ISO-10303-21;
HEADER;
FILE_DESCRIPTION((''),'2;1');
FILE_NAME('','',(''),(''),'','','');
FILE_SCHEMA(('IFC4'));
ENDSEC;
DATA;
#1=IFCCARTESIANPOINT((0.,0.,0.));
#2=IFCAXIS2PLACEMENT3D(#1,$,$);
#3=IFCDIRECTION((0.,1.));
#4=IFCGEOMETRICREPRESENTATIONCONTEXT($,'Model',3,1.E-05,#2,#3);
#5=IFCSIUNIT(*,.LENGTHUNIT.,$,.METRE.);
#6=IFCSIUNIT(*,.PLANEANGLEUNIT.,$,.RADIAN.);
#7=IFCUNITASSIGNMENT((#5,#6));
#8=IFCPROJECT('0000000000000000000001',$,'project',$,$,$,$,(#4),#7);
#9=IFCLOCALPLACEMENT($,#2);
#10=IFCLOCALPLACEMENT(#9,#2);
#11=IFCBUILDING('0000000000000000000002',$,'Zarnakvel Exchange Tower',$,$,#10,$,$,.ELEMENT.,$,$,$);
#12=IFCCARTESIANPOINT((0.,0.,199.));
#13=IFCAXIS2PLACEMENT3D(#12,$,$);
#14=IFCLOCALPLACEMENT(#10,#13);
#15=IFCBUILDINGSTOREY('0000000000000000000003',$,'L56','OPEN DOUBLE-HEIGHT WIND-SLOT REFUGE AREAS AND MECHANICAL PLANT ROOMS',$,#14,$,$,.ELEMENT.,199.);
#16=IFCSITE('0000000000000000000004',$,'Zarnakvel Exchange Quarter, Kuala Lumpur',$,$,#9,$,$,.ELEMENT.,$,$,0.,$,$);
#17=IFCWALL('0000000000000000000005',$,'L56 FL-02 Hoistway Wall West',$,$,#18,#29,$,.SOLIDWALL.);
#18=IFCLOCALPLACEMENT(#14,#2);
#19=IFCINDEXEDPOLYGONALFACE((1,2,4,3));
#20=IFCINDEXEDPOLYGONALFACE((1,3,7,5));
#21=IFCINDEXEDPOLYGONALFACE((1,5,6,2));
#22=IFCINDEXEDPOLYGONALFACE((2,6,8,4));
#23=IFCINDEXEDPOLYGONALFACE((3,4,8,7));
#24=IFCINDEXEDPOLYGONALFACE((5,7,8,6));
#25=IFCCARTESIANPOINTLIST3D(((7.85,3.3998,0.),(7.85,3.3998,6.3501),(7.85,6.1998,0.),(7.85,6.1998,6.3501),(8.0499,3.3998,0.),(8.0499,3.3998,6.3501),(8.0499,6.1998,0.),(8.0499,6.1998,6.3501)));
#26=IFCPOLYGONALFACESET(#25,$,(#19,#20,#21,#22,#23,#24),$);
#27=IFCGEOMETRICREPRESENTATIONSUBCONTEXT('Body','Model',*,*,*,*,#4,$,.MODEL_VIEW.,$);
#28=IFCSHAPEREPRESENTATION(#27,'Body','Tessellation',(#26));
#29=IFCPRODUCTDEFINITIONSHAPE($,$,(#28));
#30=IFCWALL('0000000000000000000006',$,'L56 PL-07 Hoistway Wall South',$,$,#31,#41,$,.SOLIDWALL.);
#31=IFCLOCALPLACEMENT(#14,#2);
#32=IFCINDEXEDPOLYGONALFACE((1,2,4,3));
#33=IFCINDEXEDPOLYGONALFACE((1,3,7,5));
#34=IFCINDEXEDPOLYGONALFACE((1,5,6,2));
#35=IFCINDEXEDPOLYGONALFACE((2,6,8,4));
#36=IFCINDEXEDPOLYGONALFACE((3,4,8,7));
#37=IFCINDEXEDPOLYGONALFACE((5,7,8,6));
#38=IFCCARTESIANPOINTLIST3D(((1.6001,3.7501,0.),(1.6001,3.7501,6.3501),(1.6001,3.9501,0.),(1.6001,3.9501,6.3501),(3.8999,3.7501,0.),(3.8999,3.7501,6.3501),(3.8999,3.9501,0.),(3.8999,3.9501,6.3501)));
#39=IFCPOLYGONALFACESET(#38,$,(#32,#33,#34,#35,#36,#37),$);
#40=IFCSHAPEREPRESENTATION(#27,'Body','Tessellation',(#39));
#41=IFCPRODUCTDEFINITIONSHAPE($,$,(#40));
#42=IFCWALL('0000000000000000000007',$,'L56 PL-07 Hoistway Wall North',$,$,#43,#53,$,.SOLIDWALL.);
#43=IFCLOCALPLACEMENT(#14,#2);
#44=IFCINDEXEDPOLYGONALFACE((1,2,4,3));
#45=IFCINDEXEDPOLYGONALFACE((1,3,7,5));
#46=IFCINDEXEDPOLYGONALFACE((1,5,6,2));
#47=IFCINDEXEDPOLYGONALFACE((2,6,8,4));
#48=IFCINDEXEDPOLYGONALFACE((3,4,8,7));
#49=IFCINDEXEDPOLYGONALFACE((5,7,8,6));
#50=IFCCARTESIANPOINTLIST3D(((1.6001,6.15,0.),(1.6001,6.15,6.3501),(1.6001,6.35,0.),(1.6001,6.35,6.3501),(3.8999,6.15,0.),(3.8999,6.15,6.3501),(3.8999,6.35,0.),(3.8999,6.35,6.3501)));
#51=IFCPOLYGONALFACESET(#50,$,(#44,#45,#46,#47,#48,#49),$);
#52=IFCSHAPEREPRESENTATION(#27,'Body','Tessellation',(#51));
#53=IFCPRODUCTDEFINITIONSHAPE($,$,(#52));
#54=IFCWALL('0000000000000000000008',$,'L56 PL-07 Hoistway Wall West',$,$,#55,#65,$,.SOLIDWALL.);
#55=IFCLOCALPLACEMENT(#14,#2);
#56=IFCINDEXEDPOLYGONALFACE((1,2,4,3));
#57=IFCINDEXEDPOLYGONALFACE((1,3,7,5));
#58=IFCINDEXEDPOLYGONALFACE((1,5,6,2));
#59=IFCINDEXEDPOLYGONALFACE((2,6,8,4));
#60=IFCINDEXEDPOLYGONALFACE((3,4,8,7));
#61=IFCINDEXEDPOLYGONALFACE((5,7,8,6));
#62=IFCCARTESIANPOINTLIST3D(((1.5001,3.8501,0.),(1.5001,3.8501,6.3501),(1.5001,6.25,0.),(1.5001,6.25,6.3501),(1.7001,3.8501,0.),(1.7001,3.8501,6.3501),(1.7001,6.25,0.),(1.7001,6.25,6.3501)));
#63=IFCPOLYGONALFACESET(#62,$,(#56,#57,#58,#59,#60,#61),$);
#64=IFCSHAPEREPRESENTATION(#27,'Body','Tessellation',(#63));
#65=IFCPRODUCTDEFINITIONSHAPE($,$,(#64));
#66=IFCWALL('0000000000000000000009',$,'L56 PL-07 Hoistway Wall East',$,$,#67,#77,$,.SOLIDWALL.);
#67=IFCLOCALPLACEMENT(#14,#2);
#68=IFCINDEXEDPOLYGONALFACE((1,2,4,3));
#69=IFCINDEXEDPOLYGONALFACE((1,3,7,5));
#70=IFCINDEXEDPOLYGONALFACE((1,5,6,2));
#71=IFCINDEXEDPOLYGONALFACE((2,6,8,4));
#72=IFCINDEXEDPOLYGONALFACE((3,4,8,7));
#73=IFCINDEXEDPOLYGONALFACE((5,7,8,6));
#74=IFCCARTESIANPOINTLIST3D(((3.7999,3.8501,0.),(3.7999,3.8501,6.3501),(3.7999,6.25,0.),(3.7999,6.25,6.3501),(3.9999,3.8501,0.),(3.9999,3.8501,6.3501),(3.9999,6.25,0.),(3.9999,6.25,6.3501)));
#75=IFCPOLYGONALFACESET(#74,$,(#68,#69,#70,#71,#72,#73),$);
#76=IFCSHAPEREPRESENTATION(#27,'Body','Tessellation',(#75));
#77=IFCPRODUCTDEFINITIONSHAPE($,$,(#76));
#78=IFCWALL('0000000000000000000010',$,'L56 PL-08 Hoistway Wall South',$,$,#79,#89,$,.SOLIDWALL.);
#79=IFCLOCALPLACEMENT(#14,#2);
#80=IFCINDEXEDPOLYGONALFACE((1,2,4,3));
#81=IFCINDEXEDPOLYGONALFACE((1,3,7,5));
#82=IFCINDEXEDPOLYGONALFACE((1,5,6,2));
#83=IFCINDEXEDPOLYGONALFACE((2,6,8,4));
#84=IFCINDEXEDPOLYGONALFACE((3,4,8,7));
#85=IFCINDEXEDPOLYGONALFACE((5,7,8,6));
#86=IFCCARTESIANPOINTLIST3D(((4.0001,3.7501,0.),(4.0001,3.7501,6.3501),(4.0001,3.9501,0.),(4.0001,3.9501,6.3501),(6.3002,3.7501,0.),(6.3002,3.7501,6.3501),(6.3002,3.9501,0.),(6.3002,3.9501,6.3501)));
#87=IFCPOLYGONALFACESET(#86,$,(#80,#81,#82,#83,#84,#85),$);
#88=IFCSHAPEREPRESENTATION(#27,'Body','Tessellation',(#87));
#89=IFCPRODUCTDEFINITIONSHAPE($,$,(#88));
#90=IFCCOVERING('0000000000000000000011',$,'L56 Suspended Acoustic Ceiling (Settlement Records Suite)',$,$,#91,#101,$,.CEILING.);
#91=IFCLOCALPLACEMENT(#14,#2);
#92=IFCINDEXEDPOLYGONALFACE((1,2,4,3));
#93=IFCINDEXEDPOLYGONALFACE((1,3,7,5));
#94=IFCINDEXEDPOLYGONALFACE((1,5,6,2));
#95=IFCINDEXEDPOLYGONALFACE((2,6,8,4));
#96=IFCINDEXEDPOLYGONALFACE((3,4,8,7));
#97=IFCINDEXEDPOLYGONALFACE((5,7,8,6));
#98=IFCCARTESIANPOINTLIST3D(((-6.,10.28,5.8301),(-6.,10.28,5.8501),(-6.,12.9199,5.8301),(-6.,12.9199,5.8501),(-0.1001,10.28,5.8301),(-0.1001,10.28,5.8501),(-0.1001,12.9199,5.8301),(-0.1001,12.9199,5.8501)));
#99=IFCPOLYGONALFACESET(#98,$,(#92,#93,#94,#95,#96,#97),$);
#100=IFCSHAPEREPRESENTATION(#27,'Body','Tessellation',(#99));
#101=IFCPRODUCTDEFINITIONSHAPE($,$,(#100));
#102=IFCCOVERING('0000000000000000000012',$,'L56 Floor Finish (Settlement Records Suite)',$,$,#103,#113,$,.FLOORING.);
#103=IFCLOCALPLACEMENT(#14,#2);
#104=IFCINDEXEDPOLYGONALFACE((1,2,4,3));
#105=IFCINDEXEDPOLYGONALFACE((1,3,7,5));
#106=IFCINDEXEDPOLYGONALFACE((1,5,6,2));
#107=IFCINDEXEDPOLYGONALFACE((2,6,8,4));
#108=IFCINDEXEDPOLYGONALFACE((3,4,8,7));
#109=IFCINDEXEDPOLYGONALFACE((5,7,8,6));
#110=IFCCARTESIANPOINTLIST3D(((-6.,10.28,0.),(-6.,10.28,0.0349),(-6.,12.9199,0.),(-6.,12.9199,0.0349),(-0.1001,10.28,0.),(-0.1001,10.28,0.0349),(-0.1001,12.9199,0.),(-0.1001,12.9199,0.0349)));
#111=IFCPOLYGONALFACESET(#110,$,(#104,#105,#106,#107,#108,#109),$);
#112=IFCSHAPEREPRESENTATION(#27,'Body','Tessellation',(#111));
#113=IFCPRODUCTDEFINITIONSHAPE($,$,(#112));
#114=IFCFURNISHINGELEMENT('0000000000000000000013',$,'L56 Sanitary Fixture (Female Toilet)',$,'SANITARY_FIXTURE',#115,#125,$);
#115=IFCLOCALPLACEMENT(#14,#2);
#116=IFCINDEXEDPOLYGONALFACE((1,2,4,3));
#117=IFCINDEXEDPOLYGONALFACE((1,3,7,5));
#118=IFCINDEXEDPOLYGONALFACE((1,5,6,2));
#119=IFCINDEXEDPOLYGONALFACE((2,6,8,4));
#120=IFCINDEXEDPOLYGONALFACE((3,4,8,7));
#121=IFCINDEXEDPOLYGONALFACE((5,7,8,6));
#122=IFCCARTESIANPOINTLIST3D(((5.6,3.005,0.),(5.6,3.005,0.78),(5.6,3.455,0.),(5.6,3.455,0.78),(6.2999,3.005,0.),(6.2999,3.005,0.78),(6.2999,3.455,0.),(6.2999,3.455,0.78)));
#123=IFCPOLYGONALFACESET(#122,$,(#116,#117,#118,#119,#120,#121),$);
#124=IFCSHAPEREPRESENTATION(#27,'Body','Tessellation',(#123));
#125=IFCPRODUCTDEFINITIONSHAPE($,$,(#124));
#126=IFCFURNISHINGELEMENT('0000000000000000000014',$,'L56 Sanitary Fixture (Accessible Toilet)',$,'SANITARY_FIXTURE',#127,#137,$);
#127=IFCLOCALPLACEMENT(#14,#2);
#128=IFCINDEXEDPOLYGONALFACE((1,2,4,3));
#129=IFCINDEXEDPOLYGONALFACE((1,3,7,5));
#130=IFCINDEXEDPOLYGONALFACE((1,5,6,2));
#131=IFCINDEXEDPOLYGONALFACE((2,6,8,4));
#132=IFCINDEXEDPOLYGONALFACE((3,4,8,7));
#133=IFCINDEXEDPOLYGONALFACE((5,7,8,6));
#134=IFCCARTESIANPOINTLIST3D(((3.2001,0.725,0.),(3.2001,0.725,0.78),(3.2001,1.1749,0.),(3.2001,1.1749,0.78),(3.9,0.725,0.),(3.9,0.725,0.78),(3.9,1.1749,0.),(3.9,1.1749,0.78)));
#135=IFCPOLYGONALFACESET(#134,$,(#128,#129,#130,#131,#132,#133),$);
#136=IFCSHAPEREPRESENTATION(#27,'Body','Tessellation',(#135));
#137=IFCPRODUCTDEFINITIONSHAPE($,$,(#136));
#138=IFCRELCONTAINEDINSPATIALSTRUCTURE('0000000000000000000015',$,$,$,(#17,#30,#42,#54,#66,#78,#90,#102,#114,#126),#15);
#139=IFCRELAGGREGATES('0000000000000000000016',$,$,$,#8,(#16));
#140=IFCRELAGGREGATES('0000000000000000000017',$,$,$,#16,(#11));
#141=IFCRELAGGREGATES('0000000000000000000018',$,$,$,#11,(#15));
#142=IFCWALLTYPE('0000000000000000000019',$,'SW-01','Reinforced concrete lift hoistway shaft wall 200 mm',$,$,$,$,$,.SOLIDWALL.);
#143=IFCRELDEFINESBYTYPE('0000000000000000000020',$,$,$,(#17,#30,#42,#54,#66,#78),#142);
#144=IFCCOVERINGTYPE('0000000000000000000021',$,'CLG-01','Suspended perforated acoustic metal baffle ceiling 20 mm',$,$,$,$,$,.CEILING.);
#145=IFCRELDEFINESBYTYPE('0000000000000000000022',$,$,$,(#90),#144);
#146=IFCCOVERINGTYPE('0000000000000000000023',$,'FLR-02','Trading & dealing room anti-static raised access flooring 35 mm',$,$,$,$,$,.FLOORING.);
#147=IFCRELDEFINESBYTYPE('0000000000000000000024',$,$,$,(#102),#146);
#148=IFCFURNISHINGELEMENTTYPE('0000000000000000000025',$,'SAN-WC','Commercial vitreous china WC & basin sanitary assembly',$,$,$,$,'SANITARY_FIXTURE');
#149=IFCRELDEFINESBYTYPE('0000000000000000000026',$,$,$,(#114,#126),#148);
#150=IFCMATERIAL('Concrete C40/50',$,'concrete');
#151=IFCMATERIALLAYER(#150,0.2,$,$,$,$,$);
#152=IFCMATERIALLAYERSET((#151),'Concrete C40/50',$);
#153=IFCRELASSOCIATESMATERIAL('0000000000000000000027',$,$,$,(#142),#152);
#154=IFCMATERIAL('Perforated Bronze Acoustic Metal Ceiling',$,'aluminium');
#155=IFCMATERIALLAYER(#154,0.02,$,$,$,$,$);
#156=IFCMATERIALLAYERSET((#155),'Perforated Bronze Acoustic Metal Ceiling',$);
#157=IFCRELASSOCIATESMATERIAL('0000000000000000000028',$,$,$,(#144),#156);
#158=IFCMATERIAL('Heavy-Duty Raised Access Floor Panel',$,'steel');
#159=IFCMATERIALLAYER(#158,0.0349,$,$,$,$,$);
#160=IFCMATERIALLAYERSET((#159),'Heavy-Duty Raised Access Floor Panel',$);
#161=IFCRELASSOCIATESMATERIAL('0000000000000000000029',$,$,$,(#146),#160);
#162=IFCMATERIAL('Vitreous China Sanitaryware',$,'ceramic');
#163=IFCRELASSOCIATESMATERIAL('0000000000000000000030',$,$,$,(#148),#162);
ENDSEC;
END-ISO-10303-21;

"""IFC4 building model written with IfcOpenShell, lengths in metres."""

from ifc_helpers import new_model, si_unit, direction, frame, frame_2d, origin, origin_2d, place, context, subcontext, project, spatial, polyline, rectangle, outline, extrude, source, transform, mapped, material, layer, layer_set, type_object, element, save


model = new_model("IFC4")

# Units and contexts
model_context = context("Model", 3, precision=1e-05, world=origin(), true_north=direction((0.0, 1.0)))
body_context = subcontext(model_context, "Body", "Model", "MODEL_VIEW")
ifc_project = project(units=[si_unit("LENGTHUNIT", "METRE"), si_unit("PLANEANGLEUNIT", "RADIAN")], contexts=[model_context])

# Site, building, storey
site_placement = place(None, origin())
site = spatial("IfcSite", under=ifc_project, at=site_placement, Name="Zarnakvel Exchange Quarter, Kuala Lumpur", CompositionType="ELEMENT", RefElevation=0.0)
building_placement = place(site_placement, origin())
building = spatial("IfcBuilding", under=site, at=building_placement, Name="Zarnakvel Exchange Tower", CompositionType="ELEMENT")
storey_placement = place(building_placement, frame((0.0, 0.0, 199.0)))
storey = spatial("IfcBuildingStorey", under=building, at=storey_placement, Name="L56", Description="OPEN DOUBLE-HEIGHT WIND-SLOT REFUGE AREAS AND MECHANICAL PLANT ROOMS", CompositionType="ELEMENT", Elevation=199.0)

# Shared definitions
ifc_material_1 = material(Name="Concrete C40/50", Category="concrete")

# Walls
ifc_layer_1 = layer(ifc_material_1, 0.2)
ifc_layer_set_1 = layer_set([ifc_layer_1], Name="Concrete C40/50")
wall_type_1 = type_object("IfcWallType", Name="SW-01", Description="Reinforced concrete lift hoistway shaft wall 200 mm", PredefinedType="SOLIDWALL", material=ifc_layer_set_1)
wall_1_placement = place(storey_placement, frame((7.95, 3.3999, 0.0), z_axis=(0.0, 0.0, 1.0), x_axis=(0.0, 1.0, 0.0)))
element("IfcWall", 1, at=wall_1_placement, inside=storey, type_object=wall_type_1, Name="L56 FL-02 Hoistway Wall West", PredefinedType="SOLIDWALL", context=body_context, shape_type="SweptSolid", body=[
    extrude(rectangle(XDim=2.8, YDim=0.2, at=frame_2d((1.3999, 0.0))), origin(), (0.0, 0.0, 1.0), 6.3501),
])
for number, where, z_axis, x_axis, name in (
    (2, (3.8999, 3.8501, 0.0), (0.0, 0.0, 1.0), (-1.0, 0.0, 0.0), "L56 PL-07 Hoistway Wall South"),
    (3, (1.6001, 6.25, 0.0), (0.0, 0.0, 1.0), (1.0, 0.0, 0.0), "L56 PL-07 Hoistway Wall North"),
):
    element("IfcWall", number, at=place(storey_placement, frame(where, z_axis=z_axis, x_axis=x_axis)), inside=storey, type_object=wall_type_1, Name=name, PredefinedType="SOLIDWALL", context=body_context, shape_type="SweptSolid", body=[
        extrude(rectangle(XDim=2.2998, YDim=0.2, at=frame_2d((1.1499, 0.0))), origin(), (0.0, 0.0, 1.0), 6.3501),
    ])
for number, where, z_axis, x_axis, name in (
    (4, (1.6001, 3.8501, 0.0), (0.0, 0.0, 1.0), (0.0, 1.0, 0.0), "L56 PL-07 Hoistway Wall West"),
    (5, (3.8999, 6.25, 0.0), (0.0, 0.0, 1.0), (0.0, -1.0, 0.0), "L56 PL-07 Hoistway Wall East"),
):
    element("IfcWall", number, at=place(storey_placement, frame(where, z_axis=z_axis, x_axis=x_axis)), inside=storey, type_object=wall_type_1, Name=name, PredefinedType="SOLIDWALL", context=body_context, shape_type="SweptSolid", body=[
        extrude(rectangle(XDim=2.3999, YDim=0.2, at=frame_2d((1.2, 0.0))), origin(), (0.0, 0.0, 1.0), 6.3501),
    ])
wall_2_placement = place(storey_placement, frame((6.3, 3.8501, 0.0), z_axis=(0.0, 0.0, 1.0), x_axis=(-1.0, 0.0, 0.0)))
element("IfcWall", 6, at=wall_2_placement, inside=storey, type_object=wall_type_1, Name="L56 PL-08 Hoistway Wall South", PredefinedType="SOLIDWALL", context=body_context, shape_type="SweptSolid", body=[
    extrude(rectangle(XDim=2.3, YDim=0.2, at=frame_2d((1.1499, 0.0))), origin(), (0.0, 0.0, 1.0), 6.3501),
])

# Coverings
ifc_material_2 = material(Name="Perforated Bronze Acoustic Metal Ceiling", Category="aluminium")
ifc_layer_2 = layer(ifc_material_2, 0.02)
ifc_layer_set_2 = layer_set([ifc_layer_2], Name="Perforated Bronze Acoustic Metal Ceiling")
covering_type_1 = type_object("IfcCoveringType", Name="CLG-01", Description="Suspended perforated acoustic metal baffle ceiling 20 mm", PredefinedType="CEILING", material=ifc_layer_set_2)
covering_1_placement = place(storey_placement, frame((0.0, 0.0, 5.8301)))
element("IfcCovering", 7, at=covering_1_placement, inside=storey, type_object=covering_type_1, Name="L56 Suspended Acoustic Ceiling (Settlement Records Suite)", PredefinedType="CEILING", context=body_context, shape_type="SweptSolid", body=[
    extrude(outline(polyline([(-6.0, 12.9199), (-0.1001, 12.9199), (-0.1001, 10.28), (-6.0, 10.28), (-6.0, 12.9199)])), origin(), (0.0, 0.0, 1.0), 0.02),
])
ifc_material_3 = material(Name="Heavy-Duty Raised Access Floor Panel", Category="steel")
ifc_layer_3 = layer(ifc_material_3, 0.0349)
ifc_layer_set_3 = layer_set([ifc_layer_3], Name="Heavy-Duty Raised Access Floor Panel")
covering_type_2 = type_object("IfcCoveringType", Name="FLR-02", Description="Trading & dealing room anti-static raised access flooring 35 mm", PredefinedType="FLOORING", material=ifc_layer_set_3)
covering_2_placement = place(storey_placement, origin())
element("IfcCovering", 8, at=covering_2_placement, inside=storey, type_object=covering_type_2, Name="L56 Floor Finish (Settlement Records Suite)", PredefinedType="FLOORING", context=body_context, shape_type="SweptSolid", body=[
    extrude(outline(polyline([(-6.0, 12.9199), (-0.1001, 12.9199), (-0.1001, 10.28), (-6.0, 10.28), (-6.0, 12.9199)])), origin(), (0.0, 0.0, 1.0), 0.0349),
])

# Furnishing elements
ifc_material_4 = material(Name="Vitreous China Sanitaryware", Category="ceramic")
furnishing_element_type = type_object("IfcFurnishingElementType", Name="SAN-WC", Description="Commercial vitreous china WC & basin sanitary assembly", ElementType="SANITARY_FIXTURE", material=ifc_material_4)
shared_shape_1 = source(origin(), body_context, "Body", "SweptSolid", [
    extrude(rectangle(XDim=0.7, YDim=0.45, at=origin_2d()), origin(), (0.0, 0.0, 1.0), 0.78),
])
for number, where, z_axis, x_axis, name in (
    (9, (5.95, 3.23, 0.0), (0.0, 0.0, 1.0), (1.0, 0.0, 0.0), "L56 Sanitary Fixture (Female Toilet)"),
    (10, (3.55, 0.95, 0.0), (0.0, 0.0, 1.0), (1.0, 0.0, 0.0), "L56 Sanitary Fixture (Accessible Toilet)"),
):
    element("IfcFurnishingElement", number, at=place(storey_placement, frame(where, z_axis=z_axis, x_axis=x_axis)), inside=storey, type_object=furnishing_element_type, Name=name, ObjectType="SANITARY_FIXTURE", context=body_context, shape_type="MappedRepresentation", body=[
        mapped(shared_shape_1, transform((0.0, 0.0, 0.0), x_axis=(1.0, 0.0, 0.0), y_axis=(0.0, 1.0, 0.0), z_axis=(0.0, 0.0, 1.0), scale=1.0)),
    ])

save(model, "model.ifc")
